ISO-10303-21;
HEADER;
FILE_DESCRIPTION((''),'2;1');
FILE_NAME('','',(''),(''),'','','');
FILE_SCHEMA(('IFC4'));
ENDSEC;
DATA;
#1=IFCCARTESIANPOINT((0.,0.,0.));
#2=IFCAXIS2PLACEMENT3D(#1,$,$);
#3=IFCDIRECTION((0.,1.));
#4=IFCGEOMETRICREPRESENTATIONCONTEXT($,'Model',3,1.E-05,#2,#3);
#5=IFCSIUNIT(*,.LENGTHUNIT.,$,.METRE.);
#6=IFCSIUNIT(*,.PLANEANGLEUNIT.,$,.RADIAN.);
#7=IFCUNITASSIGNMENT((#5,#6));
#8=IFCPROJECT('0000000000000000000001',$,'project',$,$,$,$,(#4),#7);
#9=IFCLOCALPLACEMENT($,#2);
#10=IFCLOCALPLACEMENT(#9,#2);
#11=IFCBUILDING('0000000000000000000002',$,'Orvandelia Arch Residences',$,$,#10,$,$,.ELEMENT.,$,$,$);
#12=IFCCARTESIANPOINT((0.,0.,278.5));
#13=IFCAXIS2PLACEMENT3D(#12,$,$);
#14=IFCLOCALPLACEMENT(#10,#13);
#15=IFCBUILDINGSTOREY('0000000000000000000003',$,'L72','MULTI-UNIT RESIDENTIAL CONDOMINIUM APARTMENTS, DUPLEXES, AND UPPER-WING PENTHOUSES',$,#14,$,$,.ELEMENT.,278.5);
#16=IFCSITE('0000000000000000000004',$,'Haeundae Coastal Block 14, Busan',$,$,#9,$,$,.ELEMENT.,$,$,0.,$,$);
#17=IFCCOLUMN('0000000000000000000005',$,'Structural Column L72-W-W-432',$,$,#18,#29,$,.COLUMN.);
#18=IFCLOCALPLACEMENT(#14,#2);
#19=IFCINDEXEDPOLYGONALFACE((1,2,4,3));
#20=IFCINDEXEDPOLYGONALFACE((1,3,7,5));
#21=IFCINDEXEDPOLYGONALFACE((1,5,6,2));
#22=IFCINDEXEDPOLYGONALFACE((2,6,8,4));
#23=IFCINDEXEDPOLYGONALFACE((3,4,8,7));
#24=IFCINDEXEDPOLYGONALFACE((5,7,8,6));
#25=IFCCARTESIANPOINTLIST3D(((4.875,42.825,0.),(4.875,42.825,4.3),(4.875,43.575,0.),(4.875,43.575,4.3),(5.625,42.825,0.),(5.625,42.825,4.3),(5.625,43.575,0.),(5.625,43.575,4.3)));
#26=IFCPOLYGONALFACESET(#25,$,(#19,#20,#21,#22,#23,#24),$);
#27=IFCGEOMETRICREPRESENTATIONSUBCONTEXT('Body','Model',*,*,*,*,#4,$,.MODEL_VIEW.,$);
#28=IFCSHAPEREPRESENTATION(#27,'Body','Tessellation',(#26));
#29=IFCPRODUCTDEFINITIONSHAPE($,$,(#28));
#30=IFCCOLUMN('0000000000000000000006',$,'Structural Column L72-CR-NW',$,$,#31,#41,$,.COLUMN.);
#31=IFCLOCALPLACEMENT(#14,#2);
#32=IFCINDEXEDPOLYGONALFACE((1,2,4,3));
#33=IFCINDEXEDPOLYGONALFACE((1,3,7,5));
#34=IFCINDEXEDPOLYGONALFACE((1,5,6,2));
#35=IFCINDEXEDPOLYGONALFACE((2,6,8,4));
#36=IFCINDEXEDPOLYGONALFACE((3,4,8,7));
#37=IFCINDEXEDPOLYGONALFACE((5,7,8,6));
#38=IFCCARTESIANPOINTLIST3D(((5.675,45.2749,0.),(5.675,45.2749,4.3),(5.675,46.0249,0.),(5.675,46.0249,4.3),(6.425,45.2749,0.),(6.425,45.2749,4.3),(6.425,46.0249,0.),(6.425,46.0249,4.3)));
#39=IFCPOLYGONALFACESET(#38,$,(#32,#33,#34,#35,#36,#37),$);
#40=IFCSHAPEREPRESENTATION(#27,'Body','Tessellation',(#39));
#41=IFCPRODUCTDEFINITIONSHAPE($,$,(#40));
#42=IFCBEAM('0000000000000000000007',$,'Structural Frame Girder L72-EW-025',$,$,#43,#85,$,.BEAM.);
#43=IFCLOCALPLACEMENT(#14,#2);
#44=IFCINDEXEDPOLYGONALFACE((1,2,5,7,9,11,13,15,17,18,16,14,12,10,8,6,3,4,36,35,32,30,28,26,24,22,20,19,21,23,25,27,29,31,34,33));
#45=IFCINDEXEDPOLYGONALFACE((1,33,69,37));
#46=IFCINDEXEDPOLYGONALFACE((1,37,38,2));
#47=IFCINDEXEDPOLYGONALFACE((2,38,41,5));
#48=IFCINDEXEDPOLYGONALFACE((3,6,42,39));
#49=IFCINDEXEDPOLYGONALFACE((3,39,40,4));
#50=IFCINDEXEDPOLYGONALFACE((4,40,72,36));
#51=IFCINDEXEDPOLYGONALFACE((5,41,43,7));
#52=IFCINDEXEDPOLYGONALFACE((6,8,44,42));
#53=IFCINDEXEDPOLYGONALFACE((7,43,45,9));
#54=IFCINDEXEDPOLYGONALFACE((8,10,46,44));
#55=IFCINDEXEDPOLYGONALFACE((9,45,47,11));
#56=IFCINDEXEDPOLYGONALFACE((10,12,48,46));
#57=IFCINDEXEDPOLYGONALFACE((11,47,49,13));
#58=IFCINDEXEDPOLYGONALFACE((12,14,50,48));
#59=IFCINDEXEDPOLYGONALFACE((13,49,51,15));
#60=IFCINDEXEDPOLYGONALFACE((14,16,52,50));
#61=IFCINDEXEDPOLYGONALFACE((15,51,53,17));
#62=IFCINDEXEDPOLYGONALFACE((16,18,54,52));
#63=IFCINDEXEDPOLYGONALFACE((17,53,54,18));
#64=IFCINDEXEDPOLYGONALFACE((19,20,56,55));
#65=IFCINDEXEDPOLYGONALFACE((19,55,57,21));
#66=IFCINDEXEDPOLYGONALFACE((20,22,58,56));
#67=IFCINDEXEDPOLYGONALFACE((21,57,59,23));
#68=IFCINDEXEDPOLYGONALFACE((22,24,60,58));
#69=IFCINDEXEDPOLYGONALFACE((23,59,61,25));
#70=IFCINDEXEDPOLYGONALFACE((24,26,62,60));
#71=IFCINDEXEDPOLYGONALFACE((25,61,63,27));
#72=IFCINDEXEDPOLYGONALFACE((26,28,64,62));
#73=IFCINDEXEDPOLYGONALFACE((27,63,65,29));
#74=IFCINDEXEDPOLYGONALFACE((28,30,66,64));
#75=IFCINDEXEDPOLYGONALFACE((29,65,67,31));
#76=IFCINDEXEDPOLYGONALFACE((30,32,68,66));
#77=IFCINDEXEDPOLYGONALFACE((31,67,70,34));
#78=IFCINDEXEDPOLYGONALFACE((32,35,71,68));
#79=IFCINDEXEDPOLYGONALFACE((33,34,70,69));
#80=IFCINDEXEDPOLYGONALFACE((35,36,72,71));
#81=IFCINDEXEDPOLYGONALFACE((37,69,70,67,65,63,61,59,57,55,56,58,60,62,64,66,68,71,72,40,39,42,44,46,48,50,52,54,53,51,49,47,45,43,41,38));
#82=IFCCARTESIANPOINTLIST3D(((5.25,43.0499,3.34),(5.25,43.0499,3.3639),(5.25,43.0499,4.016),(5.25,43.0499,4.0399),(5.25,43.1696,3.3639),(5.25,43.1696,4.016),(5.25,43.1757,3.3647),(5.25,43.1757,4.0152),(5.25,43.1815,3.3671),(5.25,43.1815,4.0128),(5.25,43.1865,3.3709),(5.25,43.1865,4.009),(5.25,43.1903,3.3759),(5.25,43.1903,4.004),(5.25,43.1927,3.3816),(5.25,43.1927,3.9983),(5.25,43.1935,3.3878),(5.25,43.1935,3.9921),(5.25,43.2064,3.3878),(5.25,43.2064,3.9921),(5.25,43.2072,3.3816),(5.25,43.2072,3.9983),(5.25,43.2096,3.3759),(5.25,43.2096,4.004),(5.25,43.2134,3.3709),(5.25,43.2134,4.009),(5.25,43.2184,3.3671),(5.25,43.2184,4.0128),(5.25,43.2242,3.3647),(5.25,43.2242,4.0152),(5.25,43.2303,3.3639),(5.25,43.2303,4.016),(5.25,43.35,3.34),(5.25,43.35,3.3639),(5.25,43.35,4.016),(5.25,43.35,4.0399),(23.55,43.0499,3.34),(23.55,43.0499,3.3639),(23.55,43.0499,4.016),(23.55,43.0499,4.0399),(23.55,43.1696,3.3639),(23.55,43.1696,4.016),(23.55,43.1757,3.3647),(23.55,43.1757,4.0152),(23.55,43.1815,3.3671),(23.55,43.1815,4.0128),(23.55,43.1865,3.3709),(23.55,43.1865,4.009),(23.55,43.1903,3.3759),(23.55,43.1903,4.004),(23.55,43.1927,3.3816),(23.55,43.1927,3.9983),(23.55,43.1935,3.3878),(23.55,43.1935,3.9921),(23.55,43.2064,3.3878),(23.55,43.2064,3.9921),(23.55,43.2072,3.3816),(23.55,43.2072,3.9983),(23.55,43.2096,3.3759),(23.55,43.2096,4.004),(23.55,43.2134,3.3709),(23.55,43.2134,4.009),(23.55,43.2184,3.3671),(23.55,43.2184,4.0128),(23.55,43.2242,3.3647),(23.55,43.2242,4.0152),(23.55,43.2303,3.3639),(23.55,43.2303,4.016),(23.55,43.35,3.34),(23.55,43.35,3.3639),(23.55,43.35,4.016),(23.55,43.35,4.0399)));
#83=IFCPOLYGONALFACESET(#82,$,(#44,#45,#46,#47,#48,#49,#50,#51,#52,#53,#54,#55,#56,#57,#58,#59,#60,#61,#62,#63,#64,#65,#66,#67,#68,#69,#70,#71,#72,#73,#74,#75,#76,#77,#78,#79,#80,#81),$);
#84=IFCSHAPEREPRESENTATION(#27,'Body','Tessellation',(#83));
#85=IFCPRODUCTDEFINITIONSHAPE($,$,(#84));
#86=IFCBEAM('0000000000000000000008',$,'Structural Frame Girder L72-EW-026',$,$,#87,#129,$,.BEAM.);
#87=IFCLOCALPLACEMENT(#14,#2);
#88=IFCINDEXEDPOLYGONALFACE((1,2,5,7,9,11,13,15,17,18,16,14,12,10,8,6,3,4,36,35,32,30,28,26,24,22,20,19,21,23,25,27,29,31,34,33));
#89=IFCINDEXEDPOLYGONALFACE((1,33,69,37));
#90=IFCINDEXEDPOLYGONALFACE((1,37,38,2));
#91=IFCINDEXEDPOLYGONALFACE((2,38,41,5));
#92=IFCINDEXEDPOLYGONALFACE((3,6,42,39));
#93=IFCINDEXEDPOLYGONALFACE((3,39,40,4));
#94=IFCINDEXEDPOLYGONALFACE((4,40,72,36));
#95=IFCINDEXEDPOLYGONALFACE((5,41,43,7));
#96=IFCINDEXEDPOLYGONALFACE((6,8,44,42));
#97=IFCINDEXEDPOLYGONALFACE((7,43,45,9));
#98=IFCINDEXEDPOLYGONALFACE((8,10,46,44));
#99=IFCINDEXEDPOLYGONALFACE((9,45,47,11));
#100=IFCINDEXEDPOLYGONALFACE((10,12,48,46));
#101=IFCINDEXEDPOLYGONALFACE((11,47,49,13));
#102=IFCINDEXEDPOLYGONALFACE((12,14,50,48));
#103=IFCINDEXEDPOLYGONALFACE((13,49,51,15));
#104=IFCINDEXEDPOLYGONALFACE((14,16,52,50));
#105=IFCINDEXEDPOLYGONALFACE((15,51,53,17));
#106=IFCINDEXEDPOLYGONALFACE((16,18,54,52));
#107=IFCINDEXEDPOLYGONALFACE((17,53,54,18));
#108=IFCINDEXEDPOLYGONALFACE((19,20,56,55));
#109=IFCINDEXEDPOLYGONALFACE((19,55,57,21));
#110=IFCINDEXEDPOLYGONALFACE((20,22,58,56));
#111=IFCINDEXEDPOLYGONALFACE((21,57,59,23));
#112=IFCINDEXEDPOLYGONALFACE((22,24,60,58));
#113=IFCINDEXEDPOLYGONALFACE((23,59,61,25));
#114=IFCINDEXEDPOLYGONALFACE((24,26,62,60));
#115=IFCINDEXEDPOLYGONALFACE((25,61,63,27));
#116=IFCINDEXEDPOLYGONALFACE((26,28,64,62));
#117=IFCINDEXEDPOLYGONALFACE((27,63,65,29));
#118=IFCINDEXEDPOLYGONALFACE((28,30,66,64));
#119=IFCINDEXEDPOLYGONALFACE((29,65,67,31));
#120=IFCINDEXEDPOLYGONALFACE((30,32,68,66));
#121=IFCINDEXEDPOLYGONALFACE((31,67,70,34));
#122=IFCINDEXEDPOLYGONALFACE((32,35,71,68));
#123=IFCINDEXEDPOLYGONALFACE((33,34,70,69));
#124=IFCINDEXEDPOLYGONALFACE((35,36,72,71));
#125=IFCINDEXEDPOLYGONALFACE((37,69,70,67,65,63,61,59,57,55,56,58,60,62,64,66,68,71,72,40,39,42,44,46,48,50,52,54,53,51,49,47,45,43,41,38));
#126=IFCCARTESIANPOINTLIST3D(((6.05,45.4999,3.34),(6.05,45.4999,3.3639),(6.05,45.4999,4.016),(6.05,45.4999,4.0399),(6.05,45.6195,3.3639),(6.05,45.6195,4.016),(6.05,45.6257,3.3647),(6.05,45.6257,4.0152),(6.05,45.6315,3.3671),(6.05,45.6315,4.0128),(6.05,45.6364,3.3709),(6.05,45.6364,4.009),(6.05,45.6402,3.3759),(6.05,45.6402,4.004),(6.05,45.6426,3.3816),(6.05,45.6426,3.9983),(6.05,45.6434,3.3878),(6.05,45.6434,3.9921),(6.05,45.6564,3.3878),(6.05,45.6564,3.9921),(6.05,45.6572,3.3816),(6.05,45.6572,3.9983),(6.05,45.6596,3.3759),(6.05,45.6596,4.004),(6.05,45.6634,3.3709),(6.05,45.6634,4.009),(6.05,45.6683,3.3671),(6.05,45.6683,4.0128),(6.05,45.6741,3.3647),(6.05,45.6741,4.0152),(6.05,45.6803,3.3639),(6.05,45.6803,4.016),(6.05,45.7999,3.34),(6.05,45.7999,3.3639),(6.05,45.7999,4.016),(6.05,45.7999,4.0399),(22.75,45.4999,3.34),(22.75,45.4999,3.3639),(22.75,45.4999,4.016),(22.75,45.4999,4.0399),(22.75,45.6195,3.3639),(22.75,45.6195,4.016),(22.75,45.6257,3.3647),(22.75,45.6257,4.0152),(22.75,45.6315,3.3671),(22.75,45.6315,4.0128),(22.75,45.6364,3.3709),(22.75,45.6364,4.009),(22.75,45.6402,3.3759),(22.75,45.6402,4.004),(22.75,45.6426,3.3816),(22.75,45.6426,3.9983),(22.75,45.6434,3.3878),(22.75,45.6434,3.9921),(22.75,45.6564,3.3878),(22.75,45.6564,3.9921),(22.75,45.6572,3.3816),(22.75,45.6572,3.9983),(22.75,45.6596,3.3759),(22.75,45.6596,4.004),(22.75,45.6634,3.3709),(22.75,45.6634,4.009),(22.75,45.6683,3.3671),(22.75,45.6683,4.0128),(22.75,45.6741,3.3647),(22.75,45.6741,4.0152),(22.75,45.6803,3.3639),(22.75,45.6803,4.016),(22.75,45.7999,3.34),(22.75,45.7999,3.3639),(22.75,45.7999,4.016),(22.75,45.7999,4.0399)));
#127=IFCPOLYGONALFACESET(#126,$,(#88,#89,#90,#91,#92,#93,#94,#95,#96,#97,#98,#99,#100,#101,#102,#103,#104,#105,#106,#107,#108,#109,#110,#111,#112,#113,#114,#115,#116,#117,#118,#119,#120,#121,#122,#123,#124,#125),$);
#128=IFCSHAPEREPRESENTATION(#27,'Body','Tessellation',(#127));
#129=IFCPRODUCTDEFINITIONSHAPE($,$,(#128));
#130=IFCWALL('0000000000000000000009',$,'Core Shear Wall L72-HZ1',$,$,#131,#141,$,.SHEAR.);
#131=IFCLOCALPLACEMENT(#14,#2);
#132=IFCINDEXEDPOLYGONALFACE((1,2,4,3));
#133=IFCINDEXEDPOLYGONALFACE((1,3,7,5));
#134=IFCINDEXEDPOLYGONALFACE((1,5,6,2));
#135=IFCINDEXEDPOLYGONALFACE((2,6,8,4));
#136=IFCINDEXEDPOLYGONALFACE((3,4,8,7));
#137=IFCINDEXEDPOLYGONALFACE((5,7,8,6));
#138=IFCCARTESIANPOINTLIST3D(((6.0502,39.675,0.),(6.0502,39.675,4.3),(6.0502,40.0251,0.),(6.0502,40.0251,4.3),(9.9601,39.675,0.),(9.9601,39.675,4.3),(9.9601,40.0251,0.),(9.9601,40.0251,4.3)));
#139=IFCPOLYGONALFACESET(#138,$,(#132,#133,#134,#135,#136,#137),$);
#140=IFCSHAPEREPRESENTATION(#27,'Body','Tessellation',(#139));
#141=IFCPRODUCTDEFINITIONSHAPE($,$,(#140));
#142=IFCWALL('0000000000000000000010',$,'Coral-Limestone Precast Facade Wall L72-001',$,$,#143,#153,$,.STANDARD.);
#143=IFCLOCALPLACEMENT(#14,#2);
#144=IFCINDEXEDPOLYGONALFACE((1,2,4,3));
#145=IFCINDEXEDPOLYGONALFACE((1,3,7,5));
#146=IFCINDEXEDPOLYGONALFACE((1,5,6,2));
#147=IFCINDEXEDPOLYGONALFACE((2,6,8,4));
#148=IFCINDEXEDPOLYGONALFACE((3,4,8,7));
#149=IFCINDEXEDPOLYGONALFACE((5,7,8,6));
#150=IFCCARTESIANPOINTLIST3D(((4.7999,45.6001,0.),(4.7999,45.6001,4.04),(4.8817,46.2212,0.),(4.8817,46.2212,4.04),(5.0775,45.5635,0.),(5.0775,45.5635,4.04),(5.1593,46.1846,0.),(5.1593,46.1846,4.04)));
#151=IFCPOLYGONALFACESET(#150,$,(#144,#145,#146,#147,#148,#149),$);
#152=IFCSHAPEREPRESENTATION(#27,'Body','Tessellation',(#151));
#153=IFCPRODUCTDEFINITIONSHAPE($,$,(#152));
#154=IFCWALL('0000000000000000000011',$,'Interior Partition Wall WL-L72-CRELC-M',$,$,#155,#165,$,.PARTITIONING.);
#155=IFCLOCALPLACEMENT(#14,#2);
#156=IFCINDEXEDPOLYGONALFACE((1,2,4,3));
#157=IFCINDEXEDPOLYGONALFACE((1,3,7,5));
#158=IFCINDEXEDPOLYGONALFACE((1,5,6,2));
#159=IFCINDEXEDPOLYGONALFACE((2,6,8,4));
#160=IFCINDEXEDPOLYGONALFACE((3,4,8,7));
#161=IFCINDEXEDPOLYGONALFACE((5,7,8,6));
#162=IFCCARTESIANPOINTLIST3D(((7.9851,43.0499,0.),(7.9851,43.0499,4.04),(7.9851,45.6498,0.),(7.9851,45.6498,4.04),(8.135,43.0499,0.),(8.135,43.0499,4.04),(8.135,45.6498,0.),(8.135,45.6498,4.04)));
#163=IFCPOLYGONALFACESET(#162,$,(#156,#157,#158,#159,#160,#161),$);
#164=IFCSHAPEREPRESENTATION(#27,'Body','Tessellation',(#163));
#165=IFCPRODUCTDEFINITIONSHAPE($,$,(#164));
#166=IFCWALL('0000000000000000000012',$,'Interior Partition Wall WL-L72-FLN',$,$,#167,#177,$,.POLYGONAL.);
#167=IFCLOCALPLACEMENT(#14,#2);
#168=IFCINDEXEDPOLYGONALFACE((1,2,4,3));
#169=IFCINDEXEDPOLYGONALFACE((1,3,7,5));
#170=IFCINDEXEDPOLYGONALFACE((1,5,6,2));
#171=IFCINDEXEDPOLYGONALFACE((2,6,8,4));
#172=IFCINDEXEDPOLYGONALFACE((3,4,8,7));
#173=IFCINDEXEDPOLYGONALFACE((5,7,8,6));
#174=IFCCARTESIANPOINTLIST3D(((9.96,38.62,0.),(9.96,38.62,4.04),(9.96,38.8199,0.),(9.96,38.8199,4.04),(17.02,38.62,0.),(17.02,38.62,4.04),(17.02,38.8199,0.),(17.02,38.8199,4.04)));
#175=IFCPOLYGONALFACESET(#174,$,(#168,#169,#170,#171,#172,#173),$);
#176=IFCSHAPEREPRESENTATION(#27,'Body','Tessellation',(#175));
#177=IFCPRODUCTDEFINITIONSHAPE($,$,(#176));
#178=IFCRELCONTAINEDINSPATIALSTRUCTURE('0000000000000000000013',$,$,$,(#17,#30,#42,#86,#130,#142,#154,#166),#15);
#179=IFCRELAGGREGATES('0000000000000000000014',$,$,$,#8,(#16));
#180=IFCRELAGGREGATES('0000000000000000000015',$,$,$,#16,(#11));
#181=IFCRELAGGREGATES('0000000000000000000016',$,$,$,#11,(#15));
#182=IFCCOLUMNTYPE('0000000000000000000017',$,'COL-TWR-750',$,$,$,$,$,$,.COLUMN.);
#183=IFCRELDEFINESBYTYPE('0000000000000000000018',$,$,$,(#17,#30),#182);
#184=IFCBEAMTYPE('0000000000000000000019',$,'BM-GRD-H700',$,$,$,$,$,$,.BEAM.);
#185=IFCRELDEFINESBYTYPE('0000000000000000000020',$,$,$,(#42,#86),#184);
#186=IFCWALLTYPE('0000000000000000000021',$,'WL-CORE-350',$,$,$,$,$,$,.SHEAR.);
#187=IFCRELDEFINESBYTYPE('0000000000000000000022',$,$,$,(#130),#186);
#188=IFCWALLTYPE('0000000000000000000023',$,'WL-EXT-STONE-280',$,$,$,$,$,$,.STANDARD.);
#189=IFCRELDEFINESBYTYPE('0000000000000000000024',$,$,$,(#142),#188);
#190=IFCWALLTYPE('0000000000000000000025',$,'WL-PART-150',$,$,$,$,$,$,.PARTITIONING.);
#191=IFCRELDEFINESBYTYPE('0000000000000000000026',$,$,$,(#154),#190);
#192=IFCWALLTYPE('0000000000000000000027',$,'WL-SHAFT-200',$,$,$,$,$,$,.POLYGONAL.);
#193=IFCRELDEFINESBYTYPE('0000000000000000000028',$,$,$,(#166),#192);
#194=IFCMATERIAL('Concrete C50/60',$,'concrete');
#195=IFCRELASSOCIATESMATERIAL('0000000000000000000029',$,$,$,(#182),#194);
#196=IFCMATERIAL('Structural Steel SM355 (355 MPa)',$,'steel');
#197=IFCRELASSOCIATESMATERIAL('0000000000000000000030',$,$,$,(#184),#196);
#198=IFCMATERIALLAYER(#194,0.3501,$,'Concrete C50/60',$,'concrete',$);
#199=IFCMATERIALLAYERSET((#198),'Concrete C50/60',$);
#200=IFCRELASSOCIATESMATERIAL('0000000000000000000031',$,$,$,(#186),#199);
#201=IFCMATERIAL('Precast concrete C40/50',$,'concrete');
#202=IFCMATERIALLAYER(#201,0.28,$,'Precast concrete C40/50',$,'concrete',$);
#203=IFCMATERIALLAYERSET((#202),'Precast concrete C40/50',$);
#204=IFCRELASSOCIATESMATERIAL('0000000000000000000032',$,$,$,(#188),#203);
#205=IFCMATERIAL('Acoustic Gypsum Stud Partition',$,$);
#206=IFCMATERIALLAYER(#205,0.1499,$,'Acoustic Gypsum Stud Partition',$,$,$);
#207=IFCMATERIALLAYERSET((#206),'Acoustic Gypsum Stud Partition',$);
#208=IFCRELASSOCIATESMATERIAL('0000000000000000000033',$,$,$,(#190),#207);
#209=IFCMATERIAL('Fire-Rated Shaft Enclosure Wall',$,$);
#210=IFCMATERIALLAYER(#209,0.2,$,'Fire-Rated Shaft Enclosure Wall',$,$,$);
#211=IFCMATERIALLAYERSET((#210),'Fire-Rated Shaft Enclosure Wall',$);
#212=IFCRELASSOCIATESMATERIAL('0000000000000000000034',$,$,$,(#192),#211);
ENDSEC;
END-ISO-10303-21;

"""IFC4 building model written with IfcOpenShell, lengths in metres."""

from ifc_helpers import new_model, si_unit, direction, frame, frame_2d, origin, origin_2d, place, context, subcontext, project, spatial, rectangle, i_section, extrude, material, layer, layer_set, material_profile, profile_set, type_object, element, save


model = new_model("IFC4")

# Units and contexts
model_context = context("Model", 3, precision=1e-05, world=origin(), true_north=direction((0.0, 1.0)))
body_context = subcontext(model_context, "Body", "Model", "MODEL_VIEW")
ifc_project = project(units=[si_unit("LENGTHUNIT", "METRE"), si_unit("PLANEANGLEUNIT", "RADIAN")], contexts=[model_context])

# Site, building, storey
site_placement = place(None, origin())
site = spatial("IfcSite", under=ifc_project, at=site_placement, Name="Haeundae Coastal Block 14, Busan", CompositionType="ELEMENT", RefElevation=0.0)
building_placement = place(site_placement, origin())
building = spatial("IfcBuilding", under=site, at=building_placement, Name="Orvandelia Arch Residences", CompositionType="ELEMENT")
storey_placement = place(building_placement, frame((0.0, 0.0, 278.5)))
storey = spatial("IfcBuildingStorey", under=building, at=storey_placement, Name="L72", Description="MULTI-UNIT RESIDENTIAL CONDOMINIUM APARTMENTS, DUPLEXES, AND UPPER-WING PENTHOUSES", CompositionType="ELEMENT", Elevation=278.5)

# Columns
ifc_material_1 = material(Name="Concrete C50/60", Category="concrete")
ifc_material_profile_1 = material_profile(ifc_material_1, rectangle(XDim=0.75, YDim=0.75, at=origin_2d()), Name="Concrete C50/60", Category="concrete")
ifc_profile_set_1 = profile_set([ifc_material_profile_1], Name="Concrete C50/60")
column_type = type_object("IfcColumnType", Name="COL-TWR-750", PredefinedType="COLUMN", material=ifc_profile_set_1)
for number, where, z_axis, x_axis, name in (
    (1, (5.25, 43.2, 0.0), (0.0, 0.0, 1.0), (1.0, 0.0, 0.0), "Structural Column L72-W-W-432"),
    (2, (6.05, 45.6499, 0.0), (0.0, 0.0, 1.0), (1.0, 0.0, 0.0), "Structural Column L72-CR-NW"),
):
    element("IfcColumn", number, at=place(storey_placement, frame(where, z_axis=z_axis, x_axis=x_axis)), inside=storey, type_object=column_type, Name=name, PredefinedType="COLUMN", context=body_context, shape_type="SweptSolid", body=[
        extrude(rectangle(XDim=0.75, YDim=0.75, at=origin_2d()), origin(), (0.0, 0.0, 1.0), 4.3),
    ])

# Beams
ifc_material_2 = material(Name="Structural Steel SM355 (355 MPa)", Category="steel")
ifc_material_profile_2 = material_profile(ifc_material_2, i_section(OverallWidth=0.3, OverallDepth=0.7, WebThickness=0.0129, FlangeThickness=0.0239, FilletRadius=0.0239, at=origin_2d()), Name="Structural Steel SM355 (355 MPa)", Category="steel")
ifc_profile_set_2 = profile_set([ifc_material_profile_2], Name="Structural Steel SM355 (355 MPa)")
beam_type = type_object("IfcBeamType", Name="BM-GRD-H700", PredefinedType="BEAM", material=ifc_profile_set_2)
beam_1_placement = place(storey_placement, frame((5.25, 43.2, 3.6899), z_axis=(1.0, 0.0, 0.0), x_axis=(0.0, 1.0, 0.0)))
element("IfcBeam", 3, at=beam_1_placement, inside=storey, type_object=beam_type, Name="Structural Frame Girder L72-EW-025", PredefinedType="BEAM", context=body_context, shape_type="SweptSolid", body=[
    extrude(i_section(OverallWidth=0.3, OverallDepth=0.7, WebThickness=0.0129, FlangeThickness=0.0239, FilletRadius=0.0239, at=origin_2d()), origin(), (0.0, 0.0, 1.0), 18.3),
])
beam_2_placement = place(storey_placement, frame((6.05, 45.6499, 3.6899), z_axis=(1.0, 0.0, 0.0), x_axis=(0.0, 1.0, 0.0)))
element("IfcBeam", 4, at=beam_2_placement, inside=storey, type_object=beam_type, Name="Structural Frame Girder L72-EW-026", PredefinedType="BEAM", context=body_context, shape_type="SweptSolid", body=[
    extrude(i_section(OverallWidth=0.3, OverallDepth=0.7, WebThickness=0.0129, FlangeThickness=0.0239, FilletRadius=0.0239, at=origin_2d()), origin(), (0.0, 0.0, 1.0), 16.7),
])

# Wall
ifc_layer_1 = layer(ifc_material_1, 0.3501, Name="Concrete C50/60", Category="concrete")
ifc_layer_set_1 = layer_set([ifc_layer_1], Name="Concrete C50/60")
wall_type_1 = type_object("IfcWallType", Name="WL-CORE-350", PredefinedType="SHEAR", material=ifc_layer_set_1)
wall_1_placement = place(storey_placement, frame((6.05, 39.8501, 0.0), z_axis=(0.0, 0.0, 1.0), x_axis=(1.0, 0.0, 0.0)))
element("IfcWall", 5, at=wall_1_placement, inside=storey, type_object=wall_type_1, Name="Core Shear Wall L72-HZ1", PredefinedType="SHEAR", context=body_context, shape_type="SweptSolid", body=[
    extrude(rectangle(XDim=3.9099, YDim=0.3501, at=frame_2d((1.9551, 0.0))), origin(), (0.0, 0.0, 1.0), 4.3),
])

# Walls
ifc_material_3 = material(Name="Precast concrete C40/50", Category="concrete")
ifc_layer_2 = layer(ifc_material_3, 0.28, Name="Precast concrete C40/50", Category="concrete")
ifc_layer_set_2 = layer_set([ifc_layer_2], Name="Precast concrete C40/50")
wall_type_2 = type_object("IfcWallType", Name="WL-EXT-STONE-280", PredefinedType="STANDARD", material=ifc_layer_set_2)
wall_2_placement = place(storey_placement, frame((4.9387, 45.5818, 0.0), z_axis=(0.0, 0.0, 1.0), x_axis=(0.130555, 0.991441, 0.0)))
element("IfcWall", 6, at=wall_2_placement, inside=storey, type_object=wall_type_2, Name="Coral-Limestone Precast Facade Wall L72-001", PredefinedType="STANDARD", context=body_context, shape_type="SweptSolid", body=[
    extrude(rectangle(XDim=0.6265, YDim=0.28, at=frame_2d((0.3132, 0.0))), origin(), (0.0, 0.0, 1.0), 4.04),
])
ifc_material_4 = material(Name="Acoustic Gypsum Stud Partition")
ifc_layer_3 = layer(ifc_material_4, 0.1499, Name="Acoustic Gypsum Stud Partition")
ifc_layer_set_3 = layer_set([ifc_layer_3], Name="Acoustic Gypsum Stud Partition")
wall_type_3 = type_object("IfcWallType", Name="WL-PART-150", PredefinedType="PARTITIONING", material=ifc_layer_set_3)
wall_3_placement = place(storey_placement, frame((8.0601, 43.05, 0.0), z_axis=(0.0, 0.0, 1.0), x_axis=(0.0, 1.0, 0.0)))
element("IfcWall", 7, at=wall_3_placement, inside=storey, type_object=wall_type_3, Name="Interior Partition Wall WL-L72-CRELC-M", PredefinedType="PARTITIONING", context=body_context, shape_type="SweptSolid", body=[
    extrude(rectangle(XDim=2.5999, YDim=0.1499, at=frame_2d((1.2998, 0.0))), origin(), (0.0, 0.0, 1.0), 4.04),
])
ifc_material_5 = material(Name="Fire-Rated Shaft Enclosure Wall")
ifc_layer_4 = layer(ifc_material_5, 0.2, Name="Fire-Rated Shaft Enclosure Wall")
ifc_layer_set_4 = layer_set([ifc_layer_4], Name="Fire-Rated Shaft Enclosure Wall")
wall_type_4 = type_object("IfcWallType", Name="WL-SHAFT-200", PredefinedType="POLYGONAL", material=ifc_layer_set_4)
wall_4_placement = place(storey_placement, frame((9.96, 38.72, 0.0), z_axis=(0.0, 0.0, 1.0), x_axis=(1.0, 0.0, 0.0)))
element("IfcWall", 8, at=wall_4_placement, inside=storey, type_object=wall_type_4, Name="Interior Partition Wall WL-L72-FLN", PredefinedType="POLYGONAL", context=body_context, shape_type="SweptSolid", body=[
    extrude(rectangle(XDim=7.0601, YDim=0.2, at=frame_2d((3.53, 0.0))), origin(), (0.0, 0.0, 1.0), 4.04),
])

save(model, "model.ifc")
